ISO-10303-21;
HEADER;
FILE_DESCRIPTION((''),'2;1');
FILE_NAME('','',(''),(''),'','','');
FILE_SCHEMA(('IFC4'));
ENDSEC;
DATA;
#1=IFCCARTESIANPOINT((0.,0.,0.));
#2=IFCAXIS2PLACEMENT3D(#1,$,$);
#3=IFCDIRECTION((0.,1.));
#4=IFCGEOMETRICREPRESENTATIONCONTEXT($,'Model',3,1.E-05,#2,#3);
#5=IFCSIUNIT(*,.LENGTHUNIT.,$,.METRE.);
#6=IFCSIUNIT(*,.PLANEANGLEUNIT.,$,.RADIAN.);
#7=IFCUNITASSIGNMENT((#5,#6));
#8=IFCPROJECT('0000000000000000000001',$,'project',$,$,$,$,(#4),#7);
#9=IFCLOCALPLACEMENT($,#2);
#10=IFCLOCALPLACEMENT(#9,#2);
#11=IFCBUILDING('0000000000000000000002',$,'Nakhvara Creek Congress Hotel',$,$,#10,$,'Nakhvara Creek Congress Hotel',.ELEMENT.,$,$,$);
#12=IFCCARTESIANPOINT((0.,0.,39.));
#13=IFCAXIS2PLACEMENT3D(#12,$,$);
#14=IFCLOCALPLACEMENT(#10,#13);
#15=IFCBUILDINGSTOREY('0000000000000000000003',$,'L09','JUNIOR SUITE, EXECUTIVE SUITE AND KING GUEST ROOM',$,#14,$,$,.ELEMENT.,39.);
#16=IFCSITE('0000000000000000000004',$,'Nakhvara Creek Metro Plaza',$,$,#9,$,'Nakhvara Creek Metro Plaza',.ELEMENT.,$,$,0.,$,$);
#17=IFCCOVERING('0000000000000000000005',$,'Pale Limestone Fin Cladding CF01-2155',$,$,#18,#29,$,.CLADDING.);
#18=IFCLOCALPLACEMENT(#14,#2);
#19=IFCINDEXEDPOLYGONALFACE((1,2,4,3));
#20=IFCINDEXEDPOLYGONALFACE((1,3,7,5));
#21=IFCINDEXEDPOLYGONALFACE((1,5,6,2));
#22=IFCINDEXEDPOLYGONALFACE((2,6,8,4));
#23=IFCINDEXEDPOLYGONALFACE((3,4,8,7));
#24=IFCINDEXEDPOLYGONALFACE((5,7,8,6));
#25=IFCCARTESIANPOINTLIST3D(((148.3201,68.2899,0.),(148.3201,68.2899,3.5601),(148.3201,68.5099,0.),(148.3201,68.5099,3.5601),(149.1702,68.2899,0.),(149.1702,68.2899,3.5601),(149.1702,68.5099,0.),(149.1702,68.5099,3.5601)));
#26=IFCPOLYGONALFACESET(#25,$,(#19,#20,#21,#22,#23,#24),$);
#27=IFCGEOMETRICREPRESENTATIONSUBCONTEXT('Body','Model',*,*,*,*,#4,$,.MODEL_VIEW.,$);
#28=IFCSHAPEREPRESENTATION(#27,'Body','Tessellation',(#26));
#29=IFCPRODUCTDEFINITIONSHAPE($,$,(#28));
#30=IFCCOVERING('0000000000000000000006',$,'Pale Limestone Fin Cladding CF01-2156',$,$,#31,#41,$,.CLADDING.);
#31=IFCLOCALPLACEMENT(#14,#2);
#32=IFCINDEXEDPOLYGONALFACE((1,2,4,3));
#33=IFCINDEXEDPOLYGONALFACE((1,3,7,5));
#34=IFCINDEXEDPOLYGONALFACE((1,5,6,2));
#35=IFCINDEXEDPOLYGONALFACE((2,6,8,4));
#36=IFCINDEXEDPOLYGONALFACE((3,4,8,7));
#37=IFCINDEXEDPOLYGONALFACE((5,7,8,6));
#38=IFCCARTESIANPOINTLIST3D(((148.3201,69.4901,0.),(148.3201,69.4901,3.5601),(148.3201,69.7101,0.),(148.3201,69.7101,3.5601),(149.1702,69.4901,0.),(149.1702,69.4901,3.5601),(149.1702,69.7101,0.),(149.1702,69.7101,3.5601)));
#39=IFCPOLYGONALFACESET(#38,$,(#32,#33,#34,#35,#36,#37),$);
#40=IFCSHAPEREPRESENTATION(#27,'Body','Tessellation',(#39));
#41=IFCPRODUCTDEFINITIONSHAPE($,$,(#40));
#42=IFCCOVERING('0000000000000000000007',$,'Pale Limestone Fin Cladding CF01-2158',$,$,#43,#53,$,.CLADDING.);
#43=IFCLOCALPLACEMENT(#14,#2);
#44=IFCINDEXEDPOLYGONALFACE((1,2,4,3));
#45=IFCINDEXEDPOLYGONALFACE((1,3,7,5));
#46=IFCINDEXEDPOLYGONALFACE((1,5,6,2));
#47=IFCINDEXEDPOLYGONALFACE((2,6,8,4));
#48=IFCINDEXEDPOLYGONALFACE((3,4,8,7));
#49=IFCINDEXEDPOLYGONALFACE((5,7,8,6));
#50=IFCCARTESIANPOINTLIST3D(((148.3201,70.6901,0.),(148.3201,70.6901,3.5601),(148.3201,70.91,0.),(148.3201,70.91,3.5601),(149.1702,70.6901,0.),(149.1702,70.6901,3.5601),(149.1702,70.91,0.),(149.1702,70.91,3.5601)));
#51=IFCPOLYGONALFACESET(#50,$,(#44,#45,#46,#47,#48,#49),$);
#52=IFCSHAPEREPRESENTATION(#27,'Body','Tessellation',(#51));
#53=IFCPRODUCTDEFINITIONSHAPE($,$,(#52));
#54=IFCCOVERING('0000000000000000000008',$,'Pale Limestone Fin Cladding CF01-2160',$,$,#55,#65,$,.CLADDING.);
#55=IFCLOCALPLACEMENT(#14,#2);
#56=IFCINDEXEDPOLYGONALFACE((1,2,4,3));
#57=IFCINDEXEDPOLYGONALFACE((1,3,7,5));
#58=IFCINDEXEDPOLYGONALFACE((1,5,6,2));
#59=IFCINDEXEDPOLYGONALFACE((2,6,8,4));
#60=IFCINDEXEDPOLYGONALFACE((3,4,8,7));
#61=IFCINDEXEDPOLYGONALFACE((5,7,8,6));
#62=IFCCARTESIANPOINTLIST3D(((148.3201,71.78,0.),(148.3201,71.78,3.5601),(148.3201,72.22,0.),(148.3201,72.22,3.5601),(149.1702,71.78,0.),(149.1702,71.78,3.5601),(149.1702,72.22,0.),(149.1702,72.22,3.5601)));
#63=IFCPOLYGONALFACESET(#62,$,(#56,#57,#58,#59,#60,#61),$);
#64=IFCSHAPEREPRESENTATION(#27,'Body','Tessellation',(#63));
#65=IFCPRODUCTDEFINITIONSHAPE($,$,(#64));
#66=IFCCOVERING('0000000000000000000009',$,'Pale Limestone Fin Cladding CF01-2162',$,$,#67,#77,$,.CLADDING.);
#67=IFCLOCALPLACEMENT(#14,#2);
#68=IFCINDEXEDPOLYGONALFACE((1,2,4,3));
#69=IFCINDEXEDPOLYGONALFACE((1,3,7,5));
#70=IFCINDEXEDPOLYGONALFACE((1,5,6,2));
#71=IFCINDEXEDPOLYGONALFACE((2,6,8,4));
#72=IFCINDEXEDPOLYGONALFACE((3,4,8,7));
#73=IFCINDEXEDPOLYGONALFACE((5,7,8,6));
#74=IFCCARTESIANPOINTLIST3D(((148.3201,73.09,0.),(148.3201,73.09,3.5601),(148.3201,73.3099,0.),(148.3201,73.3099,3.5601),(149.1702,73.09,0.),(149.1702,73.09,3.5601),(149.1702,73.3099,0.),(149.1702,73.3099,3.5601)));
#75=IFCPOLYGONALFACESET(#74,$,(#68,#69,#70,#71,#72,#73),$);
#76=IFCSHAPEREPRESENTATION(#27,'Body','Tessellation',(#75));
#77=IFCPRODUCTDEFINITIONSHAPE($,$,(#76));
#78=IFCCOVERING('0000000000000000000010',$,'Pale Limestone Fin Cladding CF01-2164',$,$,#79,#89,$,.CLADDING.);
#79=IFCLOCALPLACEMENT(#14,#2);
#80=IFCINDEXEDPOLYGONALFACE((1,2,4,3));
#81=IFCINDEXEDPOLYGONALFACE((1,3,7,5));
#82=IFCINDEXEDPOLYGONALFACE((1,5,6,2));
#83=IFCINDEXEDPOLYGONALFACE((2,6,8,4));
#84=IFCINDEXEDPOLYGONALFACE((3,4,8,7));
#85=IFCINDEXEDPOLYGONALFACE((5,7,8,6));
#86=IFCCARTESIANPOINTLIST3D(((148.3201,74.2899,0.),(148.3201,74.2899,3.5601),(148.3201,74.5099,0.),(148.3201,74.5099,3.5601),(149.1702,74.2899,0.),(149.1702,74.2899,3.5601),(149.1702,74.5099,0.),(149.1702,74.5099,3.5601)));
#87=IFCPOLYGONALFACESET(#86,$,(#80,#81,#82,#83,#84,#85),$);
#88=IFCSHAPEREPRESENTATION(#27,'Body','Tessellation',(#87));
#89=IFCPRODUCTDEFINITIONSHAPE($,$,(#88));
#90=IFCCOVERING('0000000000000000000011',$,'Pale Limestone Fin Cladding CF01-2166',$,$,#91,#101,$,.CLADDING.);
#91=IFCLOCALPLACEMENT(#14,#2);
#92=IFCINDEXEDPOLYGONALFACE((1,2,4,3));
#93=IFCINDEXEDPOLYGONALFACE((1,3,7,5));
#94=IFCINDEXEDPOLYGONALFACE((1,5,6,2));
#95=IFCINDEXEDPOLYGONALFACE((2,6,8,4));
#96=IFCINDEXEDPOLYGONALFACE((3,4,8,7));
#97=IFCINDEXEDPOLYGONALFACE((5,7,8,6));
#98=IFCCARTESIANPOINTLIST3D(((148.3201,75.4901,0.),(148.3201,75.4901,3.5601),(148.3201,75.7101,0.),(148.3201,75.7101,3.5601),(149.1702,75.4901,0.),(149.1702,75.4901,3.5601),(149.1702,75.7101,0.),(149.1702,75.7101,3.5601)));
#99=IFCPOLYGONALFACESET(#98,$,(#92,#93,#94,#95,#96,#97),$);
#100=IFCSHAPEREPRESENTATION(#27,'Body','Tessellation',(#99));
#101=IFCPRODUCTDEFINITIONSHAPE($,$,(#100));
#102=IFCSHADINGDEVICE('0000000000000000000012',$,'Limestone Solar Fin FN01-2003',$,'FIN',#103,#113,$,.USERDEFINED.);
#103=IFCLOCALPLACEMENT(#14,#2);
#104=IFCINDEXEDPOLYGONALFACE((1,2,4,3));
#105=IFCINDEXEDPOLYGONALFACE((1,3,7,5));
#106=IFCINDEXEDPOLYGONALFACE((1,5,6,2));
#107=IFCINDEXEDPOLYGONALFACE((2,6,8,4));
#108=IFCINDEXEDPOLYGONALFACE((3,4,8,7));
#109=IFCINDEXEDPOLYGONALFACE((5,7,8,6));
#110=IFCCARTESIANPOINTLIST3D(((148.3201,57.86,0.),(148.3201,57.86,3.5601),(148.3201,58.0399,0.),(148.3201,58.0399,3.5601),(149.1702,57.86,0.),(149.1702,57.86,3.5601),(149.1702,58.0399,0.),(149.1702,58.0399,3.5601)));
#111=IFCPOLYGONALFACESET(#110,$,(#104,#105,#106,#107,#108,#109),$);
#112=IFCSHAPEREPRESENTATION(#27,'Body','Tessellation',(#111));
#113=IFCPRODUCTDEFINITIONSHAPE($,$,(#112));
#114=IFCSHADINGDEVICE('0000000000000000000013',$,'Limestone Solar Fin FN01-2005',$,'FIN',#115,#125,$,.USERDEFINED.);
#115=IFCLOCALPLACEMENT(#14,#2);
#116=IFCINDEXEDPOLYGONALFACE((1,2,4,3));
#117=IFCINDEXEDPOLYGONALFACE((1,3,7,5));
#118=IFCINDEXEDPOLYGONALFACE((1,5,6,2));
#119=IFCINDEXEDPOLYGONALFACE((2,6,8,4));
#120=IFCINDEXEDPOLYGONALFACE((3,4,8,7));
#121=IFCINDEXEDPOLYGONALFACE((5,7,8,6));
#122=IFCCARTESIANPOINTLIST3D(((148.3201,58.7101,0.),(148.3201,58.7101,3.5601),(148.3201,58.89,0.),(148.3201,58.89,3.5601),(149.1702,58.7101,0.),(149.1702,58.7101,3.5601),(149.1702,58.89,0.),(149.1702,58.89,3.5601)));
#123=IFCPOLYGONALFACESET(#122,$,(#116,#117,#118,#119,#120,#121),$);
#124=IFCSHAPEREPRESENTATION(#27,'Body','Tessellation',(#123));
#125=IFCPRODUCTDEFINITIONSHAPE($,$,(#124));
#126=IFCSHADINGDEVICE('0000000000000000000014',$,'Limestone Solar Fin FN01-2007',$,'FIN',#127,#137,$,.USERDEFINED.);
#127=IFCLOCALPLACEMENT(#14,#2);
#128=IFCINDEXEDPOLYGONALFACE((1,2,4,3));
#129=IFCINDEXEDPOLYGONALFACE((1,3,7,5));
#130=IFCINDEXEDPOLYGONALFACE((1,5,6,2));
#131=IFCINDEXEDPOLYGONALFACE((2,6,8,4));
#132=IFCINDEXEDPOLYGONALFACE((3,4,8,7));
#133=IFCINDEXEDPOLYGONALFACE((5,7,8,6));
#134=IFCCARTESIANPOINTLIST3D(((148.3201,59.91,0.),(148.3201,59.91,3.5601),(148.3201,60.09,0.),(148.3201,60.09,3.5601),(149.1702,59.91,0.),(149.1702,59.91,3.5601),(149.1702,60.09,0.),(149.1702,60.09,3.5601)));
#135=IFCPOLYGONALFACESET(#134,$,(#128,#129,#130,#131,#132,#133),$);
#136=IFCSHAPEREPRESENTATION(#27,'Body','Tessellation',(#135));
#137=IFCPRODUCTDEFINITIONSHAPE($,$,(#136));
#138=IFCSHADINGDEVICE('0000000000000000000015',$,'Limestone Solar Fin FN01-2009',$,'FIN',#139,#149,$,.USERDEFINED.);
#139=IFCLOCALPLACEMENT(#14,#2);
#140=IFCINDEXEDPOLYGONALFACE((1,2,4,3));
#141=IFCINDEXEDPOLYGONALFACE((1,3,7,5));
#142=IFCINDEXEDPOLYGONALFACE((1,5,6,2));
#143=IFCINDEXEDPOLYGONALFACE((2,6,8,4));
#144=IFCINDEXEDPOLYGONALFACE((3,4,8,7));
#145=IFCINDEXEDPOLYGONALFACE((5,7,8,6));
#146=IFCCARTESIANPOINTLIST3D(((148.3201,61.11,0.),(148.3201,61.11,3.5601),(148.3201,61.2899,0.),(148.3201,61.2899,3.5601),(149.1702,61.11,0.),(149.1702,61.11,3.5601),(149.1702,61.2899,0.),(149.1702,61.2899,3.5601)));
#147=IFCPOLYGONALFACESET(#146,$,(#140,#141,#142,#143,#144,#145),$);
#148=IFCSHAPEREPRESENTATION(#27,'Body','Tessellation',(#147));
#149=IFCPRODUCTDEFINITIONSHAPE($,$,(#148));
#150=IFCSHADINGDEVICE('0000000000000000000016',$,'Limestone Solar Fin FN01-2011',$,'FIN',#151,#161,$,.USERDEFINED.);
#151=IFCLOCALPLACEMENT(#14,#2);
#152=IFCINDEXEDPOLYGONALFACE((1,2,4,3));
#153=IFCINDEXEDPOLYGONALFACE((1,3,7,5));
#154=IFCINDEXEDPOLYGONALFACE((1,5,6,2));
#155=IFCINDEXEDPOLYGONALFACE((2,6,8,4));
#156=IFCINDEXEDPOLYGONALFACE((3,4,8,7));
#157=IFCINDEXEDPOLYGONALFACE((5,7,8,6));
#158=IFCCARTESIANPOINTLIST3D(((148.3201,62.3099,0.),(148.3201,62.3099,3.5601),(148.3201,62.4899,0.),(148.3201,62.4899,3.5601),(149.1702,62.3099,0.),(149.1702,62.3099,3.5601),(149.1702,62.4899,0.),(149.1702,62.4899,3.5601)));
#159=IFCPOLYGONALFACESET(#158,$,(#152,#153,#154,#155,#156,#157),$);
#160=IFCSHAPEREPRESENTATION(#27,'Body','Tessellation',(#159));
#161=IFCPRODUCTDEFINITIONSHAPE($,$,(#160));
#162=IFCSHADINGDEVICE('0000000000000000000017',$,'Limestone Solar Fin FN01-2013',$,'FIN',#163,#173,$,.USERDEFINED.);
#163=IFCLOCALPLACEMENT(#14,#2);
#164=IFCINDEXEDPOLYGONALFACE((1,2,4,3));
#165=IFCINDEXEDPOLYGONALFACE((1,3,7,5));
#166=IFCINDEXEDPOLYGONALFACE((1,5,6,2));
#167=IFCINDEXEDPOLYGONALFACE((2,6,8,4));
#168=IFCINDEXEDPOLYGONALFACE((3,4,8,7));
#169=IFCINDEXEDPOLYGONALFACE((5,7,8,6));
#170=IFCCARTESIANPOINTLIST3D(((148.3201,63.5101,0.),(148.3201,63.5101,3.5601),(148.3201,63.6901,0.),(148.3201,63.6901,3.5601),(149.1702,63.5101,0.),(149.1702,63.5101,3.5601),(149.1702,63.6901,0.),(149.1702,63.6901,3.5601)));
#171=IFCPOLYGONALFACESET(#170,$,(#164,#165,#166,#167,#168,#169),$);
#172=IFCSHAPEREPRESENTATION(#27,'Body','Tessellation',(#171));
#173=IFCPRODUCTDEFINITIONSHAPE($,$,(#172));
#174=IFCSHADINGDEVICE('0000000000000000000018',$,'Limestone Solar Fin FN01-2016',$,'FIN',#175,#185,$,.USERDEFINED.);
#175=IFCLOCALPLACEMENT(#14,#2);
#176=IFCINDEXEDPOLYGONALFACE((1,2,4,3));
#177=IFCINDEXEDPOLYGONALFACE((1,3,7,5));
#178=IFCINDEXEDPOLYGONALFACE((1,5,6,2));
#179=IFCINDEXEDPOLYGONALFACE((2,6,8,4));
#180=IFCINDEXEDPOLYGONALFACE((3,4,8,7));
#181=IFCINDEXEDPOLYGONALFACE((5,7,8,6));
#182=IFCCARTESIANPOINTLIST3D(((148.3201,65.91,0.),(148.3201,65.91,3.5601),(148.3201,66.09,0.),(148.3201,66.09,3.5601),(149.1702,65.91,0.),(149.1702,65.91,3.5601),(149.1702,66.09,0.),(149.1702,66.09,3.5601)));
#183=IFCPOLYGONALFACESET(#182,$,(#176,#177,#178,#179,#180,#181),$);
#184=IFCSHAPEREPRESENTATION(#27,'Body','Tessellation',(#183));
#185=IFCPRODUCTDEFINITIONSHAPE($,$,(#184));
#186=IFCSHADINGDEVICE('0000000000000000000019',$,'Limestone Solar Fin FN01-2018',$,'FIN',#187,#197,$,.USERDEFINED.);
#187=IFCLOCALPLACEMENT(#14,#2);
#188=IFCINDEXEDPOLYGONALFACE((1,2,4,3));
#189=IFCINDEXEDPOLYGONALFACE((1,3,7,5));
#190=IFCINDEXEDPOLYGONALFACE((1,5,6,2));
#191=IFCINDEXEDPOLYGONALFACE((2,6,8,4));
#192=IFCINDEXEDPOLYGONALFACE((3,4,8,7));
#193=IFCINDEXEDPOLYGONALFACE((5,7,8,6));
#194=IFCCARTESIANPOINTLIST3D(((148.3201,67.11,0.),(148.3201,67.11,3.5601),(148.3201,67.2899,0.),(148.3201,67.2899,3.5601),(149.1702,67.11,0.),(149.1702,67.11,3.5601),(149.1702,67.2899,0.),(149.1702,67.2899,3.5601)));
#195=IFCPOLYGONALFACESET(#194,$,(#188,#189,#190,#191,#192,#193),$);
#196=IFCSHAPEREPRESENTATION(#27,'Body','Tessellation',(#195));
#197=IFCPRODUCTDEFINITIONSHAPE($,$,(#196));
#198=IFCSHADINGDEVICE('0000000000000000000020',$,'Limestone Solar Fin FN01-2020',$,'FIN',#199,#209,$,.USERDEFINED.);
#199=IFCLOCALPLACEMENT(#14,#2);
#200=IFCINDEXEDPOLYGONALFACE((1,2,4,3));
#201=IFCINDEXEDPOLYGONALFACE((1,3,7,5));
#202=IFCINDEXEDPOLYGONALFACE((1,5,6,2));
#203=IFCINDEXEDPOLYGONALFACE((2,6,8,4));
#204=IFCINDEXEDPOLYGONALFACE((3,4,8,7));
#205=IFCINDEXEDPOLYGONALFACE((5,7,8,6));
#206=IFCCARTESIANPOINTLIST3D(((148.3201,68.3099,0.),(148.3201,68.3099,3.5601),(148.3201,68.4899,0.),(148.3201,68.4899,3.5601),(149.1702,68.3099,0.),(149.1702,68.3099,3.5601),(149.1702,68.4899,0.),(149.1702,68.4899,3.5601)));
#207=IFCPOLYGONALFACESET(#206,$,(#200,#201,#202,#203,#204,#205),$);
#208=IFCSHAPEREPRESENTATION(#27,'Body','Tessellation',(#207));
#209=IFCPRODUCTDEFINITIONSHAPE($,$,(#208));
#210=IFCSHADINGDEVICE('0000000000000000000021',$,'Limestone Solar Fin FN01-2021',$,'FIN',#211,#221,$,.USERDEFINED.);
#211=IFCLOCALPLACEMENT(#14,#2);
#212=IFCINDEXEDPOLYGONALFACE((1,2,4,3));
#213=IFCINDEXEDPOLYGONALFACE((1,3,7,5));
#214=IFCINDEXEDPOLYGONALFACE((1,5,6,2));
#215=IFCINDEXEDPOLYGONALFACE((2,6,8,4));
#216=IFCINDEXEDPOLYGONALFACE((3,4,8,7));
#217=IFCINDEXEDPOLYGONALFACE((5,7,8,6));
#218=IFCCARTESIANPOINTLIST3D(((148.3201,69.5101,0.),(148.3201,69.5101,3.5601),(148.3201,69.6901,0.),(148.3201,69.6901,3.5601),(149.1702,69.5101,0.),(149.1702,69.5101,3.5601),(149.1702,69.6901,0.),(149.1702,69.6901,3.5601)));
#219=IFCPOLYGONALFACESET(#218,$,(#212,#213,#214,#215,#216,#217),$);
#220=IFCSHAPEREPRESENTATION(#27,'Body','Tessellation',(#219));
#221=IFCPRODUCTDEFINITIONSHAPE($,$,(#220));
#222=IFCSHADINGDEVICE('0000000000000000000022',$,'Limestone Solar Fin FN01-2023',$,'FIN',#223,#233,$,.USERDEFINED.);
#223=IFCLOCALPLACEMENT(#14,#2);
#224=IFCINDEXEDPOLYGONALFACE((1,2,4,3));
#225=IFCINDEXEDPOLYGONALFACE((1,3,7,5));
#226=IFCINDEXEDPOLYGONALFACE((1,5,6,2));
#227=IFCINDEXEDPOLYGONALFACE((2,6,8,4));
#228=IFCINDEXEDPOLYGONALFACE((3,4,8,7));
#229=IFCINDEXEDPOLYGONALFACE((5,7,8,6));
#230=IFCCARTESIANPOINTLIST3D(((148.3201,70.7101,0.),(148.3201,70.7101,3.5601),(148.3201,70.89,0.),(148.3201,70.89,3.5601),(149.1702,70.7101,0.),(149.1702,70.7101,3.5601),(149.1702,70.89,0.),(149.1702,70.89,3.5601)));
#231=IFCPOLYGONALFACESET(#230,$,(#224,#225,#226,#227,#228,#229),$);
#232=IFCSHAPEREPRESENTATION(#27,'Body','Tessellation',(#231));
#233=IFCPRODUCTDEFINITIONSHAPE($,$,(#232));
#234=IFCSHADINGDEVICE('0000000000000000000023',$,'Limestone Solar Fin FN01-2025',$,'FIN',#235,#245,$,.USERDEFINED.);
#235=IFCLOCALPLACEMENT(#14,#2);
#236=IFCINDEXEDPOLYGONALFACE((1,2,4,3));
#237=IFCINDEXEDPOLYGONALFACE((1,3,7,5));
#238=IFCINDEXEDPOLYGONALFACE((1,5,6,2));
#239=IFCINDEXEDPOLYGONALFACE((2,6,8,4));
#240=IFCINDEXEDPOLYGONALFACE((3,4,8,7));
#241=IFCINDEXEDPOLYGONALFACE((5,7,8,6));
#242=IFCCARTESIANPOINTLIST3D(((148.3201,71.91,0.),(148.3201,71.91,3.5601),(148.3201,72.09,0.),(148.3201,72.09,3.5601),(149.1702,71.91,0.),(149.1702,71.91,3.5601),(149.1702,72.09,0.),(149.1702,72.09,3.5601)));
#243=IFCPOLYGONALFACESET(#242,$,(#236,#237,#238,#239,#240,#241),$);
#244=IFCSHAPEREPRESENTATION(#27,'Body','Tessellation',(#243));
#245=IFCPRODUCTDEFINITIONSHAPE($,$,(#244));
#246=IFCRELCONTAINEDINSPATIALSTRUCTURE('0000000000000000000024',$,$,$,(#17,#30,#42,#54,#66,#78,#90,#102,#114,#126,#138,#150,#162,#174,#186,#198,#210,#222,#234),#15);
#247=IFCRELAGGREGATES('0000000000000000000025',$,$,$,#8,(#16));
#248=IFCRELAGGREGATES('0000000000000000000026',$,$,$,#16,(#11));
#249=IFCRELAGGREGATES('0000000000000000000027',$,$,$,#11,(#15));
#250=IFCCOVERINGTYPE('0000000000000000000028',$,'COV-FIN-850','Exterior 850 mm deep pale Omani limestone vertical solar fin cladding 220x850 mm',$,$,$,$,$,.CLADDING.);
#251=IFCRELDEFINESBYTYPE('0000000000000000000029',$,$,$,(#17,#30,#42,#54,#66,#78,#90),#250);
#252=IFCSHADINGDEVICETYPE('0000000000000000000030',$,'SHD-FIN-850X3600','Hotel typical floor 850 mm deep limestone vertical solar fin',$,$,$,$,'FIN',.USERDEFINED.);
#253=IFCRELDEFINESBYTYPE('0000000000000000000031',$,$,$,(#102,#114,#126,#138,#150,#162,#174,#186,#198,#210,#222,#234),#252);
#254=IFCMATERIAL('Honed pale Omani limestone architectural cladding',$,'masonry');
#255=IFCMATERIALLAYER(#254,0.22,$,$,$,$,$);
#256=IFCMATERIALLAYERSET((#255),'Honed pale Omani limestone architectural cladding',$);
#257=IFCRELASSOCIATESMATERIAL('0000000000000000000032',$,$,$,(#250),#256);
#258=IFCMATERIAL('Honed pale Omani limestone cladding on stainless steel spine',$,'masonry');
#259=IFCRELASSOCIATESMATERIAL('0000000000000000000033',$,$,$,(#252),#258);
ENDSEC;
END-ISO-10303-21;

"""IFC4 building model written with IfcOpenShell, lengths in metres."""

from ifc_helpers import new_model, si_unit, direction, frame, origin, origin_2d, place, context, subcontext, project, spatial, rectangle, extrude, material, layer, layer_set, type_object, element, save


model = new_model("IFC4")

# Units and contexts
model_context = context("Model", 3, precision=1e-05, world=origin(), true_north=direction((0.0, 1.0)))
body_context = subcontext(model_context, "Body", "Model", "MODEL_VIEW")
ifc_project = project(units=[si_unit("LENGTHUNIT", "METRE"), si_unit("PLANEANGLEUNIT", "RADIAN")], contexts=[model_context])

# Site, building, storey
site_placement = place(None, origin())
site = spatial("IfcSite", under=ifc_project, at=site_placement, Name="Nakhvara Creek Metro Plaza", LongName="Nakhvara Creek Metro Plaza", CompositionType="ELEMENT", RefElevation=0.0)
building_placement = place(site_placement, origin())
building = spatial("IfcBuilding", under=site, at=building_placement, Name="Nakhvara Creek Congress Hotel", LongName="Nakhvara Creek Congress Hotel", CompositionType="ELEMENT")
storey_placement = place(building_placement, frame((0.0, 0.0, 39.0)))
storey = spatial("IfcBuildingStorey", under=building, at=storey_placement, Name="L09", Description="JUNIOR SUITE, EXECUTIVE SUITE AND KING GUEST ROOM", CompositionType="ELEMENT", Elevation=39.0)

# Coverings
ifc_material_1 = material(Name="Honed pale Omani limestone architectural cladding", Category="masonry")
ifc_layer_1 = layer(ifc_material_1, 0.22)
ifc_layer_set_1 = layer_set([ifc_layer_1], Name="Honed pale Omani limestone architectural cladding")
covering_type = type_object("IfcCoveringType", Name="COV-FIN-850", Description="Exterior 850 mm deep pale Omani limestone vertical solar fin cladding 220x850 mm", PredefinedType="CLADDING", material=ifc_layer_set_1)
for number, where, z_axis, x_axis, name in (
    (1, (148.7451, 68.3999, 0.0), (0.0, 0.0, 1.0), (0.0, 1.0, 0.0), "Pale Limestone Fin Cladding CF01-2155"),
    (2, (148.7451, 69.6001, 0.0), (0.0, 0.0, 1.0), (0.0, 1.0, 0.0), "Pale Limestone Fin Cladding CF01-2156"),
    (3, (148.7451, 70.8, 0.0), (0.0, 0.0, 1.0), (0.0, 1.0, 0.0), "Pale Limestone Fin Cladding CF01-2158"),
):
    element("IfcCovering", number, at=place(storey_placement, frame(where, z_axis=z_axis, x_axis=x_axis)), inside=storey, type_object=covering_type, Name=name, PredefinedType="CLADDING", context=body_context, shape_type="SweptSolid", body=[
        extrude(rectangle(XDim=0.22, YDim=0.8501, at=origin_2d()), origin(), (0.0, 0.0, 1.0), 3.5601),
    ])
covering_1_placement = place(storey_placement, frame((148.7451, 72.0, 0.0), z_axis=(0.0, 0.0, 1.0), x_axis=(0.0, 1.0, 0.0)))
element("IfcCovering", 4, at=covering_1_placement, inside=storey, type_object=covering_type, Name="Pale Limestone Fin Cladding CF01-2160", PredefinedType="CLADDING", context=body_context, shape_type="SweptSolid", body=[
    extrude(rectangle(XDim=0.4399, YDim=0.8501, at=origin_2d()), origin(), (0.0, 0.0, 1.0), 3.5601),
])
for number, where, z_axis, x_axis, name in (
    (5, (148.7451, 73.2, 0.0), (0.0, 0.0, 1.0), (0.0, 1.0, 0.0), "Pale Limestone Fin Cladding CF01-2162"),
    (6, (148.7451, 74.3999, 0.0), (0.0, 0.0, 1.0), (0.0, 1.0, 0.0), "Pale Limestone Fin Cladding CF01-2164"),
    (7, (148.7451, 75.6001, 0.0), (0.0, 0.0, 1.0), (0.0, 1.0, 0.0), "Pale Limestone Fin Cladding CF01-2166"),
):
    element("IfcCovering", number, at=place(storey_placement, frame(where, z_axis=z_axis, x_axis=x_axis)), inside=storey, type_object=covering_type, Name=name, PredefinedType="CLADDING", context=body_context, shape_type="SweptSolid", body=[
        extrude(rectangle(XDim=0.22, YDim=0.8501, at=origin_2d()), origin(), (0.0, 0.0, 1.0), 3.5601),
    ])

# Shading devices
ifc_material_2 = material(Name="Honed pale Omani limestone cladding on stainless steel spine", Category="masonry")
shading_device_type = type_object("IfcShadingDeviceType", Name="SHD-FIN-850X3600", Description="Hotel typical floor 850 mm deep limestone vertical solar fin", ElementType="FIN", PredefinedType="USERDEFINED", material=ifc_material_2)
for number, where, z_axis, x_axis, name in (
    (8, (148.7451, 57.95, 0.0), (0.0, 0.0, 1.0), (0.0, 1.0, 0.0), "Limestone Solar Fin FN01-2003"),
    (9, (148.7451, 58.8, 0.0), (0.0, 0.0, 1.0), (0.0, 1.0, 0.0), "Limestone Solar Fin FN01-2005"),
    (10, (148.7451, 60.0, 0.0), (0.0, 0.0, 1.0), (0.0, 1.0, 0.0), "Limestone Solar Fin FN01-2007"),
    (11, (148.7451, 61.2, 0.0), (0.0, 0.0, 1.0), (0.0, 1.0, 0.0), "Limestone Solar Fin FN01-2009"),
    (12, (148.7451, 62.3999, 0.0), (0.0, 0.0, 1.0), (0.0, 1.0, 0.0), "Limestone Solar Fin FN01-2011"),
    (13, (148.7451, 63.6001, 0.0), (0.0, 0.0, 1.0), (0.0, 1.0, 0.0), "Limestone Solar Fin FN01-2013"),
    (14, (148.7451, 66.0, 0.0), (0.0, 0.0, 1.0), (0.0, 1.0, 0.0), "Limestone Solar Fin FN01-2016"),
    (15, (148.7451, 67.2, 0.0), (0.0, 0.0, 1.0), (0.0, 1.0, 0.0), "Limestone Solar Fin FN01-2018"),
    (16, (148.7451, 68.3999, 0.0), (0.0, 0.0, 1.0), (0.0, 1.0, 0.0), "Limestone Solar Fin FN01-2020"),
    (17, (148.7451, 69.6001, 0.0), (0.0, 0.0, 1.0), (0.0, 1.0, 0.0), "Limestone Solar Fin FN01-2021"),
    (18, (148.7451, 70.8, 0.0), (0.0, 0.0, 1.0), (0.0, 1.0, 0.0), "Limestone Solar Fin FN01-2023"),
    (19, (148.7451, 72.0, 0.0), (0.0, 0.0, 1.0), (0.0, 1.0, 0.0), "Limestone Solar Fin FN01-2025"),
):
    element("IfcShadingDevice", number, at=place(storey_placement, frame(where, z_axis=z_axis, x_axis=x_axis)), inside=storey, type_object=shading_device_type, Name=name, ObjectType="FIN", PredefinedType="USERDEFINED", context=body_context, shape_type="SweptSolid", body=[
        extrude(rectangle(XDim=0.1799, YDim=0.8501, at=origin_2d()), origin(), (0.0, 0.0, 1.0), 3.5601),
    ])

save(model, "model.ifc")
